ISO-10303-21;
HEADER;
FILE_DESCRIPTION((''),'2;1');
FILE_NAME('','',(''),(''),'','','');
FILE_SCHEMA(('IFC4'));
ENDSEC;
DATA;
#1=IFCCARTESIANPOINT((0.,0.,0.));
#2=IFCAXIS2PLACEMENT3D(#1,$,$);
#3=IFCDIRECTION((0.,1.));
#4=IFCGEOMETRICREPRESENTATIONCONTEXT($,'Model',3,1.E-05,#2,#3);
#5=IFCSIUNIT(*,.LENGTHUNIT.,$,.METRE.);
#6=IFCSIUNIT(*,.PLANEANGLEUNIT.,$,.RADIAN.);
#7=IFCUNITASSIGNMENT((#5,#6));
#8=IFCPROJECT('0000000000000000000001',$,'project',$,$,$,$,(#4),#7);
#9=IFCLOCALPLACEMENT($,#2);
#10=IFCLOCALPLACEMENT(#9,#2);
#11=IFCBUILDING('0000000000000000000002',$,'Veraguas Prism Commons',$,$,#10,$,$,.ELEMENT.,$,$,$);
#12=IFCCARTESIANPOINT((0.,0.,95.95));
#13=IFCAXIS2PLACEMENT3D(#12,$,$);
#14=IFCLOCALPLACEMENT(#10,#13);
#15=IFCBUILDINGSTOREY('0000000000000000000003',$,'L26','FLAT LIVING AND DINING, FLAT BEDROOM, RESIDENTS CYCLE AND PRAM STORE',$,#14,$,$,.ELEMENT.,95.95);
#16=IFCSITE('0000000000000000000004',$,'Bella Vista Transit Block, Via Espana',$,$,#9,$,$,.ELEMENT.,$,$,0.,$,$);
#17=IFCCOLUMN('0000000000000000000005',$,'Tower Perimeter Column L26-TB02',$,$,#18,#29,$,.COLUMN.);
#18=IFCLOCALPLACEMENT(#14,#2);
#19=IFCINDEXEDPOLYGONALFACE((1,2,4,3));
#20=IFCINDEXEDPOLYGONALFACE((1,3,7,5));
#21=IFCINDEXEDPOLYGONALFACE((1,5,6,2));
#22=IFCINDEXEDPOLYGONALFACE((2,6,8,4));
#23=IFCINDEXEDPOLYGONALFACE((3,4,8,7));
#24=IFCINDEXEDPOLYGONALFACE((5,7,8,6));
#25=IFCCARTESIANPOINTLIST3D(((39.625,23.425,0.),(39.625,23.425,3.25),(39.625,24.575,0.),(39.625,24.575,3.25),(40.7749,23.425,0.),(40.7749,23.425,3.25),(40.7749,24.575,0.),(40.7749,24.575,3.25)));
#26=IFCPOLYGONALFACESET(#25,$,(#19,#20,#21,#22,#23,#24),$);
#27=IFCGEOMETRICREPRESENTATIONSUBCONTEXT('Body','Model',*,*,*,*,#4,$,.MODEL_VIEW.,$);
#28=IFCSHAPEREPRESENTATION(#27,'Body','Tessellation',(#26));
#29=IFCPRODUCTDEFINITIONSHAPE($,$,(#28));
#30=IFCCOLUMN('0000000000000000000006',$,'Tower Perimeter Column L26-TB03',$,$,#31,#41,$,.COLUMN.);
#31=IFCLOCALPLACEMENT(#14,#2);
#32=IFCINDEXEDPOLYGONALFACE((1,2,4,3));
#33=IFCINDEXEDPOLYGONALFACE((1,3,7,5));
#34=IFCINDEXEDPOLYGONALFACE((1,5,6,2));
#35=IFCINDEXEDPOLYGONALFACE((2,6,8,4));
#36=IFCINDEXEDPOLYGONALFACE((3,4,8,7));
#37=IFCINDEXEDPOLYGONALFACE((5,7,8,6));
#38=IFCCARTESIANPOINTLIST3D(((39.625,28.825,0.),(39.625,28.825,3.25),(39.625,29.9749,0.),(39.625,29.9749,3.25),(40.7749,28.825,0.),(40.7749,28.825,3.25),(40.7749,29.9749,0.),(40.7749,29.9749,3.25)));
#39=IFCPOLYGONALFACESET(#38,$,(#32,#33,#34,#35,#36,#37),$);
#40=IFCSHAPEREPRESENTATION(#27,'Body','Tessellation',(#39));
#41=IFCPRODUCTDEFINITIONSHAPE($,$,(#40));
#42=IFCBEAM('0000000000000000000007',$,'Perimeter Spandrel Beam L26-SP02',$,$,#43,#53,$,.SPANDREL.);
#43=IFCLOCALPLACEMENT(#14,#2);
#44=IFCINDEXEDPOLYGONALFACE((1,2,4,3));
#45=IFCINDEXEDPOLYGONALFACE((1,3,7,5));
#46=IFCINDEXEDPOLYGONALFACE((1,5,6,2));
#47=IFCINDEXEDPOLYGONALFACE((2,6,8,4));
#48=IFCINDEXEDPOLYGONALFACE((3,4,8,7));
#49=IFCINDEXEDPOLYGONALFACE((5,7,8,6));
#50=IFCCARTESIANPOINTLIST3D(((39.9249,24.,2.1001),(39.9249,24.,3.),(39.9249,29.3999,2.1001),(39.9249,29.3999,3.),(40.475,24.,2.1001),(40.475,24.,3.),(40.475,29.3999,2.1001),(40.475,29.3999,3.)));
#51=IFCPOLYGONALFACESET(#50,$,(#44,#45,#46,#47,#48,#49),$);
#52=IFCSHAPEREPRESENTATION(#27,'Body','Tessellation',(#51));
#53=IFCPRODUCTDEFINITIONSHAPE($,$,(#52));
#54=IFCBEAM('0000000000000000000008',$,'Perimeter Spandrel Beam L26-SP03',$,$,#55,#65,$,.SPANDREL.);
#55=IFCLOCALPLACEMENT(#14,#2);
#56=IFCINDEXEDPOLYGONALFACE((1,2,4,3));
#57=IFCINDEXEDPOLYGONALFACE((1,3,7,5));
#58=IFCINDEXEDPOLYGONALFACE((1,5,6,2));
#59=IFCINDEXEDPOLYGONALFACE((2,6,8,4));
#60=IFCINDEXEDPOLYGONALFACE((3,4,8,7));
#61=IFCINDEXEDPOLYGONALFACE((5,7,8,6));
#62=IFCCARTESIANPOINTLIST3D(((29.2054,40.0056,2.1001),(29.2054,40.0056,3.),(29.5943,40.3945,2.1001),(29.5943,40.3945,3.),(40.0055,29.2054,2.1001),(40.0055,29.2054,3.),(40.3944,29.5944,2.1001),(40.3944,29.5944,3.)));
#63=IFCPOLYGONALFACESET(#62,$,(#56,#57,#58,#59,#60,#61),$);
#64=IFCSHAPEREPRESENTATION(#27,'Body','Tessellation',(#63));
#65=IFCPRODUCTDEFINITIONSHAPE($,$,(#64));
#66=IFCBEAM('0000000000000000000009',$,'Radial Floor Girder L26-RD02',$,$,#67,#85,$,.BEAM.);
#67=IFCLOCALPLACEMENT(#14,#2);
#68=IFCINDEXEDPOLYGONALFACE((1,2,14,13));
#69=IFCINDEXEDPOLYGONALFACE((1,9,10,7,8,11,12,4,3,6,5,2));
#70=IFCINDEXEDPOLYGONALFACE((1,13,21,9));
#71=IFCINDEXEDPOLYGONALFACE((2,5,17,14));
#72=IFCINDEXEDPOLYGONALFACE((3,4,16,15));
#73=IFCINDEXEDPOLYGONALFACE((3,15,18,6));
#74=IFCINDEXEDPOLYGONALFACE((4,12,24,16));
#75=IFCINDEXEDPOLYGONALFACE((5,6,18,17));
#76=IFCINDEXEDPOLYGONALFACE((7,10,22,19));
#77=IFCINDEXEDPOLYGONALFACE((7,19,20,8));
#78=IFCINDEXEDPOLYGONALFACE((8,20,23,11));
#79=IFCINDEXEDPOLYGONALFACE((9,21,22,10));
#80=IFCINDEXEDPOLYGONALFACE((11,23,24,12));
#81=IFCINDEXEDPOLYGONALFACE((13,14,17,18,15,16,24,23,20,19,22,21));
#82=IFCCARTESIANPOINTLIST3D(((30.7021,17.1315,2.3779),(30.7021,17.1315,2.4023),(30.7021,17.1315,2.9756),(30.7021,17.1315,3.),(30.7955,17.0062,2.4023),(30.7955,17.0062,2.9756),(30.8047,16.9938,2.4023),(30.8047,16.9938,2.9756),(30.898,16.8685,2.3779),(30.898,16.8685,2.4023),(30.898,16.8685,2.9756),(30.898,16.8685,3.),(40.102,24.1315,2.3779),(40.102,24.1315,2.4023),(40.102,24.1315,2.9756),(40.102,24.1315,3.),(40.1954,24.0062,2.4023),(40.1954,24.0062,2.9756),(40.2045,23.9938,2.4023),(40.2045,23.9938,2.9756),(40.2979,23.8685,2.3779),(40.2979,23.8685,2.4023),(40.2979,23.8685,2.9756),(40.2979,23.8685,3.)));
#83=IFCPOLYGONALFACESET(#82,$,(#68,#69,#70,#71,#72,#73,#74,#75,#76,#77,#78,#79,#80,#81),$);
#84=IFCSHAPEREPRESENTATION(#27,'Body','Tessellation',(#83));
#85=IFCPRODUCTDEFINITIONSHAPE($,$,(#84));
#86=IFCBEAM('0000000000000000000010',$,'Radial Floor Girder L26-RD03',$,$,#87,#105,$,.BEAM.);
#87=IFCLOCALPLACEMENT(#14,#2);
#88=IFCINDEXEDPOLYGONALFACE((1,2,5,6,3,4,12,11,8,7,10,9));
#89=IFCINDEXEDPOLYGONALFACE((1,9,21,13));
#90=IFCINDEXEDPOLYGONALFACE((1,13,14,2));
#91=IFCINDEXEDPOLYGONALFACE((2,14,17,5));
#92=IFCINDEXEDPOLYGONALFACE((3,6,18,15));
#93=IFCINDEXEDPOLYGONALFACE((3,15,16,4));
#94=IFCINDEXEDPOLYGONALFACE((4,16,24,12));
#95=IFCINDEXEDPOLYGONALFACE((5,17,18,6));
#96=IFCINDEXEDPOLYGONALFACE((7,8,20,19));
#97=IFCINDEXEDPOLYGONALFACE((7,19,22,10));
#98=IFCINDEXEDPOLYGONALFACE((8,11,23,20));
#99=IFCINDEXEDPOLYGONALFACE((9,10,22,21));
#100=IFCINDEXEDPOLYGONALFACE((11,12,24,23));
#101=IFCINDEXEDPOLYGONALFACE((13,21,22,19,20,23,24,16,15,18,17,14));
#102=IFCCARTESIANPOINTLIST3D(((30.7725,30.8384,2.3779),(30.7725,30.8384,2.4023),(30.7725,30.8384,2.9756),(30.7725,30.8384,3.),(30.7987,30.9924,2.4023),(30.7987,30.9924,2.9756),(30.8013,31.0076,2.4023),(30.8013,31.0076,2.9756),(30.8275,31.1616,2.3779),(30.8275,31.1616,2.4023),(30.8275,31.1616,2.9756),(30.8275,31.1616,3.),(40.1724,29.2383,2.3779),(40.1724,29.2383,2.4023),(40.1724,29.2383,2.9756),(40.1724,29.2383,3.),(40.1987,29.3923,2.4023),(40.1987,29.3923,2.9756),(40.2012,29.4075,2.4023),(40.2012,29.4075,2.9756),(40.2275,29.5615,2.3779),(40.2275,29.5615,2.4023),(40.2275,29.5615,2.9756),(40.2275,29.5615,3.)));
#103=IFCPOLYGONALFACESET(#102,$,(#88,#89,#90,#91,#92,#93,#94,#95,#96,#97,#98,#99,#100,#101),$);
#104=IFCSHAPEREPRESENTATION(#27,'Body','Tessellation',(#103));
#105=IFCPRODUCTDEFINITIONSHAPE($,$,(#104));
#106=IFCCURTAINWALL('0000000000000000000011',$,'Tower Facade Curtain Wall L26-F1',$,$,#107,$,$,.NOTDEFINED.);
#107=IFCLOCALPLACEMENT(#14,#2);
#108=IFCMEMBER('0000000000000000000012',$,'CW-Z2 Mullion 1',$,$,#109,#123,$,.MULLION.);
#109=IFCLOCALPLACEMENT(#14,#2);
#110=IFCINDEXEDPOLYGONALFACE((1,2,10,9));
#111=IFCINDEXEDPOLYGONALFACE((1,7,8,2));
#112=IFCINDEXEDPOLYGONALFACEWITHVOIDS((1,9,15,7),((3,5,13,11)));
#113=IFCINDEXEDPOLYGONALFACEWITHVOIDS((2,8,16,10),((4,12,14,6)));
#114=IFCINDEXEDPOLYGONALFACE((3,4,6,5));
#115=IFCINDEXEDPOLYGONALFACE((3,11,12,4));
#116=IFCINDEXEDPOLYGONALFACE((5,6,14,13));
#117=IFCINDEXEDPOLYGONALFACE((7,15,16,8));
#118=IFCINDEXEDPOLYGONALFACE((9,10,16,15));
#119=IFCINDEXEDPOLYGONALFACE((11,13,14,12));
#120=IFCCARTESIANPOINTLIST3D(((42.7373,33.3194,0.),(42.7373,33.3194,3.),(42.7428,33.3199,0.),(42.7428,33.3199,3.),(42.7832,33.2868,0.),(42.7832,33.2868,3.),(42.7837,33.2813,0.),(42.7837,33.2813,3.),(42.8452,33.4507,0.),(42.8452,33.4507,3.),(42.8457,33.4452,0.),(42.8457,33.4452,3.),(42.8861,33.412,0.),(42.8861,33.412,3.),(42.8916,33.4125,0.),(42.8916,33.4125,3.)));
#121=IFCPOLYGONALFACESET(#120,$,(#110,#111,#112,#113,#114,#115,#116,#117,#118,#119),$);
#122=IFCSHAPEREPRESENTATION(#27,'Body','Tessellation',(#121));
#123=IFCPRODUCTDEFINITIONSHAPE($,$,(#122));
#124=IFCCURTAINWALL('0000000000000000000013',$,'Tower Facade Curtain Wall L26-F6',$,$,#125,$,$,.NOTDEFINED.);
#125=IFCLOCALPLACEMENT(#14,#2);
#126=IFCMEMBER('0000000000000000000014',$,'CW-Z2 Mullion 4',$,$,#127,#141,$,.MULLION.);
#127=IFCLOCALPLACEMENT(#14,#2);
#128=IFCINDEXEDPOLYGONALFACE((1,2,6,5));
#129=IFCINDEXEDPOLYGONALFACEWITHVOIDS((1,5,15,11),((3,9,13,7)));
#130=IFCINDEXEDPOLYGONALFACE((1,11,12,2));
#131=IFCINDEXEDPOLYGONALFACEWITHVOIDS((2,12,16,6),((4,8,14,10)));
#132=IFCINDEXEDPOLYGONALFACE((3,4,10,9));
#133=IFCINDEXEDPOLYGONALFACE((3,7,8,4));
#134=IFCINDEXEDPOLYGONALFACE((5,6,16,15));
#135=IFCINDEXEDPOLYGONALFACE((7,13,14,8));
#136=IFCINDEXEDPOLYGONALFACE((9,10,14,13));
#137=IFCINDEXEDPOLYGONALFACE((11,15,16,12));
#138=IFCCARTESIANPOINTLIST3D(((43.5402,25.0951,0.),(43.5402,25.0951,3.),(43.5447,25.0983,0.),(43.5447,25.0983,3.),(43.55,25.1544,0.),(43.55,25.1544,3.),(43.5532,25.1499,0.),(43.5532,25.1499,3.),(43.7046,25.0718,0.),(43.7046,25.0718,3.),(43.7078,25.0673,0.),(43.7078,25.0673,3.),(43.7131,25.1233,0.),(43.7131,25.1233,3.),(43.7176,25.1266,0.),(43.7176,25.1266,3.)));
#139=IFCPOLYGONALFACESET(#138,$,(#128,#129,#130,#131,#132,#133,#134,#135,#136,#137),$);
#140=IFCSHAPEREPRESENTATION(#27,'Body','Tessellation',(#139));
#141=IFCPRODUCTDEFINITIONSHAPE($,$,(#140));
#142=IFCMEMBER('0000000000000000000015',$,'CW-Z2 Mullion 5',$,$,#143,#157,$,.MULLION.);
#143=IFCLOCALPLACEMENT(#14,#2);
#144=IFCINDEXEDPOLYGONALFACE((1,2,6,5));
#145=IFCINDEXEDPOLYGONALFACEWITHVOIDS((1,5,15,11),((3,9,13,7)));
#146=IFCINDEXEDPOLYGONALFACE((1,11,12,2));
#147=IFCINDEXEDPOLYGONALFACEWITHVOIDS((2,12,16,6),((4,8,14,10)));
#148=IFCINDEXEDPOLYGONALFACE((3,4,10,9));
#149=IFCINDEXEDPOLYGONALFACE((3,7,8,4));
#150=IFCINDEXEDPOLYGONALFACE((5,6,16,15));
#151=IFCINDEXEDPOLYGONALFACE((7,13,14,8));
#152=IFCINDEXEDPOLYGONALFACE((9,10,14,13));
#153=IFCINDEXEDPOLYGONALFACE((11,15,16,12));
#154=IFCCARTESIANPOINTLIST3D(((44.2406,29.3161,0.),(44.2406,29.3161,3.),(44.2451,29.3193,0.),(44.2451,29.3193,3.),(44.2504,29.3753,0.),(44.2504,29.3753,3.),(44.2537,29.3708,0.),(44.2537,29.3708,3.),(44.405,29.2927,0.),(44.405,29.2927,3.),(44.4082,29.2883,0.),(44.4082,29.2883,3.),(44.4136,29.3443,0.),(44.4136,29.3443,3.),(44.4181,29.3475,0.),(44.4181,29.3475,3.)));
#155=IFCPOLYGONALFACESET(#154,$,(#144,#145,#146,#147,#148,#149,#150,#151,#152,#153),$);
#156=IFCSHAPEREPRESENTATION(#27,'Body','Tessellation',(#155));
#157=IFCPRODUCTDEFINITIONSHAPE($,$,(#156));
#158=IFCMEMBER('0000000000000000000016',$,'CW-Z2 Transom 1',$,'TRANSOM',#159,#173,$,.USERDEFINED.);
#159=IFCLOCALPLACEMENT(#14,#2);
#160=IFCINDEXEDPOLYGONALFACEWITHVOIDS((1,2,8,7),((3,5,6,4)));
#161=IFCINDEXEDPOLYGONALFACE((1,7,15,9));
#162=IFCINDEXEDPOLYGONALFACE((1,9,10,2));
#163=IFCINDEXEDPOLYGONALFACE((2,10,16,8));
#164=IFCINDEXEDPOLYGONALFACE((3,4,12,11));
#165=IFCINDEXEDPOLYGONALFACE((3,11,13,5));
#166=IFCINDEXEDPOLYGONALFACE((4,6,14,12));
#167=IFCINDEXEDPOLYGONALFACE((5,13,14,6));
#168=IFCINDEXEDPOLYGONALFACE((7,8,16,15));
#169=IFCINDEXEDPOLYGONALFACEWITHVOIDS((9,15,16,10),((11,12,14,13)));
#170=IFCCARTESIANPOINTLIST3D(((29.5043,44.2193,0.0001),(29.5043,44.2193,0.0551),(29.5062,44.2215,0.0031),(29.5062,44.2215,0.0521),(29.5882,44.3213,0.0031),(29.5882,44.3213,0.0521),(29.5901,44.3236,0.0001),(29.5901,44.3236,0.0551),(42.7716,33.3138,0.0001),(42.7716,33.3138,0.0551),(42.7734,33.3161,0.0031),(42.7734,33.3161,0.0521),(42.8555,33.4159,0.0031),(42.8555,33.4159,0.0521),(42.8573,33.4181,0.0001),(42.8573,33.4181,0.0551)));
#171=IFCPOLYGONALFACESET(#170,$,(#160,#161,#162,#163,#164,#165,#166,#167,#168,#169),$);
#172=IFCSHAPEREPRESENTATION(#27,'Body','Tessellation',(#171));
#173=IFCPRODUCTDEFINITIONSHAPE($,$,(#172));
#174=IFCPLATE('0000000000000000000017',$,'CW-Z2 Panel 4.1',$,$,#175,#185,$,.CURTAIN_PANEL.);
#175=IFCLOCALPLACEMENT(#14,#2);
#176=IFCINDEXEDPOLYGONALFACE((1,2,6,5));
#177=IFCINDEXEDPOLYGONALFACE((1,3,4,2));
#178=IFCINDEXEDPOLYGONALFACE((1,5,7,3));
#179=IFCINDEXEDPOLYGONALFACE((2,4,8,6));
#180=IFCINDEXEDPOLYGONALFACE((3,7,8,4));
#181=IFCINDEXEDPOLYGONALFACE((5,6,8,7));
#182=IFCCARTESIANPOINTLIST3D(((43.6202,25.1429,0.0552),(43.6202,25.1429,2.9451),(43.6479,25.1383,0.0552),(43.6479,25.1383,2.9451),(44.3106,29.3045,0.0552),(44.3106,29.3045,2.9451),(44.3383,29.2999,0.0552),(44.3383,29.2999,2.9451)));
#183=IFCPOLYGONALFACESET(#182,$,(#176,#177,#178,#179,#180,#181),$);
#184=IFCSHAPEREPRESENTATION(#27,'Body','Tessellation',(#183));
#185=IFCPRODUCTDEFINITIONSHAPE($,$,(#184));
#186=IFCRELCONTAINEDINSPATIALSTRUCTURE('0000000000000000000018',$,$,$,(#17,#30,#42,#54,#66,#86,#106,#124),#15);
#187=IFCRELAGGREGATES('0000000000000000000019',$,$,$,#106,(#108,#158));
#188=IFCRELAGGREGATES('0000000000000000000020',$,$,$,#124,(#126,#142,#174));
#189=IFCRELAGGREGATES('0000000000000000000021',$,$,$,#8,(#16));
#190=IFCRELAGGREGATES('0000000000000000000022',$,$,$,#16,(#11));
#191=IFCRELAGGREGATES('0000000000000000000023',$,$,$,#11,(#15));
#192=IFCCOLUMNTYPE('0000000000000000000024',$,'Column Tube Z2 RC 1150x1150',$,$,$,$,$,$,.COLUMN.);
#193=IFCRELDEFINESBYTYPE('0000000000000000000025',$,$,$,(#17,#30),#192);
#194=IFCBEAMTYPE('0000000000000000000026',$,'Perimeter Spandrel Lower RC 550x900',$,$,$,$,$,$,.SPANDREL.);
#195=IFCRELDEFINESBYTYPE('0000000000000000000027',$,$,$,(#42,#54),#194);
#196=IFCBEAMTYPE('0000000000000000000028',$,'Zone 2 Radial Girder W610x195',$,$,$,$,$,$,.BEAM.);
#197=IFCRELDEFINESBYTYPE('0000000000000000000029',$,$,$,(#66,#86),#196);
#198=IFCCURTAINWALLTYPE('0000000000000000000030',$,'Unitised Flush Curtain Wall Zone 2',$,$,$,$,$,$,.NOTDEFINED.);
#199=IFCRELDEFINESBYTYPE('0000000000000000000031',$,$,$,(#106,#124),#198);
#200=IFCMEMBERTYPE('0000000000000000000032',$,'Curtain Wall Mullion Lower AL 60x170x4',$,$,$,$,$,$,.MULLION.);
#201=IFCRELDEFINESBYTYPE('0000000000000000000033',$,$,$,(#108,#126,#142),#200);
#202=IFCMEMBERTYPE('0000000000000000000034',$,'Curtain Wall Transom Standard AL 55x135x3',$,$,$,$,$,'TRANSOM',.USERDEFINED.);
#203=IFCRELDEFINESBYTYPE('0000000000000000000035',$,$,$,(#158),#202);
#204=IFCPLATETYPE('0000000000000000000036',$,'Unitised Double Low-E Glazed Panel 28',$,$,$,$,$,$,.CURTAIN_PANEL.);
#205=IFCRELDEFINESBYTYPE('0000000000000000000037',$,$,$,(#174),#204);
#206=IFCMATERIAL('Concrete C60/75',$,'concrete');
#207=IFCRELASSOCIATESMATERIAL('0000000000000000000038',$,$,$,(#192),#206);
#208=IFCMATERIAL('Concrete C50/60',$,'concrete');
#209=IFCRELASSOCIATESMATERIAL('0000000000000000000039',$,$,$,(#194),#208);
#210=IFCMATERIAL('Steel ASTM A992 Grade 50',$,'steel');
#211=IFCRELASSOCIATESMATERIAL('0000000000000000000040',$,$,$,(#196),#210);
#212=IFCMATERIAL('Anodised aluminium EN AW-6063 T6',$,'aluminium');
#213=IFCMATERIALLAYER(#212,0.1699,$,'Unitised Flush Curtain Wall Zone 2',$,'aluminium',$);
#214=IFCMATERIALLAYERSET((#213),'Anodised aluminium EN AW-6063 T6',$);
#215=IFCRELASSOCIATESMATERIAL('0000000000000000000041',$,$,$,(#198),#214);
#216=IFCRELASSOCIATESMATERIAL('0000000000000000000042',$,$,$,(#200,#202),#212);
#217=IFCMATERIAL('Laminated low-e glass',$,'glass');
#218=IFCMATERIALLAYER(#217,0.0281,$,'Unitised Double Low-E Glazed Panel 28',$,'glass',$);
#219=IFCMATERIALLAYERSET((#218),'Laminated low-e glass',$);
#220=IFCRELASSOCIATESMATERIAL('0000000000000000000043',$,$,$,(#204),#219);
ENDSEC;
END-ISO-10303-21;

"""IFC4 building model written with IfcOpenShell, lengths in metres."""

from ifc_helpers import new_model, si_unit, direction, frame, origin, origin_2d, place, context, subcontext, project, spatial, rectangle, hollow_rectangle, i_section, extrude, source, transform, mapped, material, layer, layer_set, material_profile, profile_set, type_object, element, aggregate, save


model = new_model("IFC4")

# Units and contexts
model_context = context("Model", 3, precision=1e-05, world=origin(), true_north=direction((0.0, 1.0)))
body_context = subcontext(model_context, "Body", "Model", "MODEL_VIEW")
ifc_project = project(units=[si_unit("LENGTHUNIT", "METRE"), si_unit("PLANEANGLEUNIT", "RADIAN")], contexts=[model_context])

# Site, building, storey
site_placement = place(None, origin())
site = spatial("IfcSite", under=ifc_project, at=site_placement, Name="Bella Vista Transit Block, Via Espana", CompositionType="ELEMENT", RefElevation=0.0)
building_placement = place(site_placement, origin())
building = spatial("IfcBuilding", under=site, at=building_placement, Name="Veraguas Prism Commons", CompositionType="ELEMENT")
storey_placement = place(building_placement, frame((0.0, 0.0, 95.95)))
storey = spatial("IfcBuildingStorey", under=building, at=storey_placement, Name="L26", Description="FLAT LIVING AND DINING, FLAT BEDROOM, RESIDENTS CYCLE AND PRAM STORE", CompositionType="ELEMENT", Elevation=95.95)

# Columns
ifc_material_1 = material(Name="Concrete C60/75", Category="concrete")
ifc_material_profile_1 = material_profile(ifc_material_1, rectangle(XDim=1.1499, YDim=1.1499, at=origin_2d()), Name="RC1150X1150")
ifc_profile_set_1 = profile_set([ifc_material_profile_1], Name="Concrete C60/75")
column_type = type_object("IfcColumnType", Name="Column Tube Z2 RC 1150x1150", PredefinedType="COLUMN", material=ifc_profile_set_1)
for number, where, z_axis, x_axis, name in (
    (1, (40.2, 24.0, 0.0), (0.0, 0.0, 1.0), (1.0, 0.0, 0.0), "Tower Perimeter Column L26-TB02"),
    (2, (40.2, 29.3999, 0.0), (0.0, 0.0, 1.0), (1.0, 0.0, 0.0), "Tower Perimeter Column L26-TB03"),
):
    element("IfcColumn", number, at=place(storey_placement, frame(where, z_axis=z_axis, x_axis=x_axis)), inside=storey, type_object=column_type, Name=name, PredefinedType="COLUMN", context=body_context, shape_type="SweptSolid", body=[
        extrude(rectangle(XDim=1.1499, YDim=1.1499, at=origin_2d()), origin(), (0.0, 0.0, 1.0), 3.25),
    ])

# Beams
ifc_material_2 = material(Name="Concrete C50/60", Category="concrete")
ifc_material_profile_2 = material_profile(ifc_material_2, rectangle(XDim=0.55, YDim=0.8999, at=origin_2d()), Name="RC550X900")
ifc_profile_set_2 = profile_set([ifc_material_profile_2], Name="Concrete C50/60")
beam_type_1 = type_object("IfcBeamType", Name="Perimeter Spandrel Lower RC 550x900", PredefinedType="SPANDREL", material=ifc_profile_set_2)
beam_1_placement = place(storey_placement, frame((40.2, 24.0, 2.55), z_axis=(0.0, 1.0, 0.0), x_axis=(-1.0, 0.0, 0.0)))
element("IfcBeam", 3, at=beam_1_placement, inside=storey, type_object=beam_type_1, Name="Perimeter Spandrel Beam L26-SP02", PredefinedType="SPANDREL", context=body_context, shape_type="SweptSolid", body=[
    extrude(rectangle(XDim=0.55, YDim=0.8999, at=origin_2d()), origin(), (0.0, 0.0, 1.0), 5.3999),
])
beam_2_placement = place(storey_placement, frame((40.2, 29.3999, 2.55), z_axis=(-0.707107, 0.707107, 0.0), x_axis=(-0.707107, -0.707107, 0.0)))
element("IfcBeam", 4, at=beam_2_placement, inside=storey, type_object=beam_type_1, Name="Perimeter Spandrel Beam L26-SP03", PredefinedType="SPANDREL", context=body_context, shape_type="SweptSolid", body=[
    extrude(rectangle(XDim=0.55, YDim=0.8999, at=origin_2d()), origin(), (0.0, 0.0, 1.0), 15.2737),
])
ifc_material_3 = material(Name="Steel ASTM A992 Grade 50", Category="steel")
ifc_material_profile_3 = material_profile(ifc_material_3, i_section(OverallWidth=0.3279, OverallDepth=0.6221, WebThickness=0.0154, FlangeThickness=0.0244, at=origin_2d()), Name="W610X195")
ifc_profile_set_3 = profile_set([ifc_material_profile_3], Name="Steel ASTM A992 Grade 50")
beam_type_2 = type_object("IfcBeamType", Name="Zone 2 Radial Girder W610x195", PredefinedType="BEAM", material=ifc_profile_set_3)
beam_3_placement = place(storey_placement, frame((40.2, 24.0, 2.689), z_axis=(-0.80204, -0.59727, 0.0), x_axis=(0.59727, -0.80204, 0.0)))
element("IfcBeam", 5, at=beam_3_placement, inside=storey, type_object=beam_type_2, Name="Radial Floor Girder L26-RD02", PredefinedType="BEAM", context=body_context, shape_type="SweptSolid", body=[
    extrude(i_section(OverallWidth=0.3279, OverallDepth=0.6221, WebThickness=0.0154, FlangeThickness=0.0244, at=origin_2d()), origin(), (0.0, 0.0, 1.0), 11.72),
])
beam_4_placement = place(storey_placement, frame((40.2, 29.3999, 2.689), z_axis=(-0.985819, 0.167811, 0.0), x_axis=(-0.167811, -0.985819, 0.0)))
element("IfcBeam", 6, at=beam_4_placement, inside=storey, type_object=beam_type_2, Name="Radial Floor Girder L26-RD03", PredefinedType="BEAM", context=body_context, shape_type="SweptSolid", body=[
    extrude(i_section(OverallWidth=0.3279, OverallDepth=0.6221, WebThickness=0.0154, FlangeThickness=0.0244, at=origin_2d()), origin(), (0.0, 0.0, 1.0), 9.5352),
])

# Curtain wall, member
ifc_material_4 = material(Name="Anodised aluminium EN AW-6063 T6", Category="aluminium")
ifc_layer_1 = layer(ifc_material_4, 0.1699, Name="Unitised Flush Curtain Wall Zone 2", Category="aluminium")
ifc_layer_set_1 = layer_set([ifc_layer_1], Name="Anodised aluminium EN AW-6063 T6")
curtain_wall_type = type_object("IfcCurtainWallType", Name="Unitised Flush Curtain Wall Zone 2", PredefinedType="NOTDEFINED", material=ifc_layer_set_1)
curtain_wall_1_placement = place(storey_placement, origin())
curtain_wall_1 = element("IfcCurtainWall", 7, at=curtain_wall_1_placement, inside=storey, type_object=curtain_wall_type, Name="Tower Facade Curtain Wall L26-F1", PredefinedType="NOTDEFINED")
ifc_material_profile_4 = material_profile(ifc_material_4, hollow_rectangle(XDim=0.0601, YDim=0.1699, WallThickness=0.0039, at=origin_2d()), Name="AL60X170X4")
ifc_profile_set_4 = profile_set([ifc_material_profile_4], Name="Anodised aluminium EN AW-6063 T6")
member_type_1 = type_object("IfcMemberType", Name="Curtain Wall Mullion Lower AL 60x170x4", PredefinedType="MULLION", material=ifc_profile_set_4)
shared_shape_1 = source(origin(), body_context, "Body", "SweptSolid", [
    extrude(hollow_rectangle(XDim=0.0601, YDim=0.1699, WallThickness=0.0039, at=origin_2d()), origin(), (0.0, 0.0, 1.0), 3.0),
])
member_1_placement = place(storey_placement, frame((42.8145, 33.366, 0.0), z_axis=(0.0, 0.0, 1.0), x_axis=(-0.772512, 0.635, 0.0)))
member_1 = element("IfcMember", 8, at=member_1_placement, type_object=member_type_1, Name="CW-Z2 Mullion 1", PredefinedType="MULLION", context=body_context, shape_type="MappedRepresentation", body=[
    mapped(shared_shape_1, transform((0.0, 0.0, 0.0), scale=1.0)),
])

# Curtain wall, members
curtain_wall_2_placement = place(storey_placement, origin())
curtain_wall_2 = element("IfcCurtainWall", 9, at=curtain_wall_2_placement, inside=storey, type_object=curtain_wall_type, Name="Tower Facade Curtain Wall L26-F6", PredefinedType="NOTDEFINED")
member_2_placement = place(storey_placement, frame((43.6289, 25.1108, 0.0), z_axis=(0.0, 0.0, 1.0), x_axis=(0.163672, 0.986515, 0.0)))
member_2 = element("IfcMember", 10, at=member_2_placement, type_object=member_type_1, Name="CW-Z2 Mullion 4", PredefinedType="MULLION", context=body_context, shape_type="MappedRepresentation", body=[
    mapped(shared_shape_1, transform((0.0, 0.0, 0.0), scale=1.0)),
])
member_3_placement = place(storey_placement, frame((44.3293, 29.3318, 0.0), z_axis=(0.0, 0.0, 1.0), x_axis=(0.163672, 0.986515, 0.0)))
member_3 = element("IfcMember", 11, at=member_3_placement, type_object=member_type_1, Name="CW-Z2 Mullion 5", PredefinedType="MULLION", context=body_context, shape_type="MappedRepresentation", body=[
    mapped(shared_shape_1, transform((0.0, 0.0, 0.0), scale=1.0)),
])

# Member
ifc_material_profile_5 = material_profile(ifc_material_4, hollow_rectangle(XDim=0.0549, YDim=0.135, WallThickness=0.0029, at=origin_2d()), Name="AL55X135X3")
ifc_profile_set_5 = profile_set([ifc_material_profile_5], Name="Anodised aluminium EN AW-6063 T6")
member_type_2 = type_object("IfcMemberType", Name="Curtain Wall Transom Standard AL 55x135x3", ElementType="TRANSOM", PredefinedType="USERDEFINED", material=ifc_profile_set_5)
shared_shape_2 = source(origin(), body_context, "Body", "SweptSolid", [
    extrude(hollow_rectangle(XDim=0.0549, YDim=0.135, WallThickness=0.0029, at=origin_2d()), origin(), (0.0, 0.0, 1.0), 17.1741),
])
member_4_placement = place(storey_placement, frame((42.8145, 33.366, 0.0276), z_axis=(-0.772516, 0.634995, 0.0), x_axis=(0.0, 0.0, 1.0)))
member_4 = element("IfcMember", 12, at=member_4_placement, type_object=member_type_2, Name="CW-Z2 Transom 1", ObjectType="TRANSOM", PredefinedType="USERDEFINED", context=body_context, shape_type="MappedRepresentation", body=[
    mapped(shared_shape_2, transform((0.0, 0.0, 0.0), scale=1.0)),
])
aggregate(curtain_wall_1, [member_1, member_4])

# Plate
ifc_material_5 = material(Name="Laminated low-e glass", Category="glass")
ifc_layer_2 = layer(ifc_material_5, 0.0281, Name="Unitised Double Low-E Glazed Panel 28", Category="glass")
ifc_layer_set_2 = layer_set([ifc_layer_2], Name="Laminated low-e glass")
plate_type = type_object("IfcPlateType", Name="Unitised Double Low-E Glazed Panel 28", PredefinedType="CURTAIN_PANEL", material=ifc_layer_set_2)
shared_shape_3 = source(origin(), body_context, "Body", "SweptSolid", [
    extrude(rectangle(XDim=4.2185, YDim=0.0281, at=origin_2d()), origin(), (0.0, 0.0, 1.0), 2.8899),
])
plate_1_placement = place(storey_placement, frame((43.9792, 27.2214, 0.0552), z_axis=(0.0, 0.0, 1.0), x_axis=(0.163672, 0.986515, 0.0)))
plate_1 = element("IfcPlate", 13, at=plate_1_placement, type_object=plate_type, Name="CW-Z2 Panel 4.1", PredefinedType="CURTAIN_PANEL", context=body_context, shape_type="MappedRepresentation", body=[
    mapped(shared_shape_3, transform((0.0, 0.0, 0.0), scale=1.0)),
])
aggregate(curtain_wall_2, [member_2, member_3, plate_1])

save(model, "model.ifc")
